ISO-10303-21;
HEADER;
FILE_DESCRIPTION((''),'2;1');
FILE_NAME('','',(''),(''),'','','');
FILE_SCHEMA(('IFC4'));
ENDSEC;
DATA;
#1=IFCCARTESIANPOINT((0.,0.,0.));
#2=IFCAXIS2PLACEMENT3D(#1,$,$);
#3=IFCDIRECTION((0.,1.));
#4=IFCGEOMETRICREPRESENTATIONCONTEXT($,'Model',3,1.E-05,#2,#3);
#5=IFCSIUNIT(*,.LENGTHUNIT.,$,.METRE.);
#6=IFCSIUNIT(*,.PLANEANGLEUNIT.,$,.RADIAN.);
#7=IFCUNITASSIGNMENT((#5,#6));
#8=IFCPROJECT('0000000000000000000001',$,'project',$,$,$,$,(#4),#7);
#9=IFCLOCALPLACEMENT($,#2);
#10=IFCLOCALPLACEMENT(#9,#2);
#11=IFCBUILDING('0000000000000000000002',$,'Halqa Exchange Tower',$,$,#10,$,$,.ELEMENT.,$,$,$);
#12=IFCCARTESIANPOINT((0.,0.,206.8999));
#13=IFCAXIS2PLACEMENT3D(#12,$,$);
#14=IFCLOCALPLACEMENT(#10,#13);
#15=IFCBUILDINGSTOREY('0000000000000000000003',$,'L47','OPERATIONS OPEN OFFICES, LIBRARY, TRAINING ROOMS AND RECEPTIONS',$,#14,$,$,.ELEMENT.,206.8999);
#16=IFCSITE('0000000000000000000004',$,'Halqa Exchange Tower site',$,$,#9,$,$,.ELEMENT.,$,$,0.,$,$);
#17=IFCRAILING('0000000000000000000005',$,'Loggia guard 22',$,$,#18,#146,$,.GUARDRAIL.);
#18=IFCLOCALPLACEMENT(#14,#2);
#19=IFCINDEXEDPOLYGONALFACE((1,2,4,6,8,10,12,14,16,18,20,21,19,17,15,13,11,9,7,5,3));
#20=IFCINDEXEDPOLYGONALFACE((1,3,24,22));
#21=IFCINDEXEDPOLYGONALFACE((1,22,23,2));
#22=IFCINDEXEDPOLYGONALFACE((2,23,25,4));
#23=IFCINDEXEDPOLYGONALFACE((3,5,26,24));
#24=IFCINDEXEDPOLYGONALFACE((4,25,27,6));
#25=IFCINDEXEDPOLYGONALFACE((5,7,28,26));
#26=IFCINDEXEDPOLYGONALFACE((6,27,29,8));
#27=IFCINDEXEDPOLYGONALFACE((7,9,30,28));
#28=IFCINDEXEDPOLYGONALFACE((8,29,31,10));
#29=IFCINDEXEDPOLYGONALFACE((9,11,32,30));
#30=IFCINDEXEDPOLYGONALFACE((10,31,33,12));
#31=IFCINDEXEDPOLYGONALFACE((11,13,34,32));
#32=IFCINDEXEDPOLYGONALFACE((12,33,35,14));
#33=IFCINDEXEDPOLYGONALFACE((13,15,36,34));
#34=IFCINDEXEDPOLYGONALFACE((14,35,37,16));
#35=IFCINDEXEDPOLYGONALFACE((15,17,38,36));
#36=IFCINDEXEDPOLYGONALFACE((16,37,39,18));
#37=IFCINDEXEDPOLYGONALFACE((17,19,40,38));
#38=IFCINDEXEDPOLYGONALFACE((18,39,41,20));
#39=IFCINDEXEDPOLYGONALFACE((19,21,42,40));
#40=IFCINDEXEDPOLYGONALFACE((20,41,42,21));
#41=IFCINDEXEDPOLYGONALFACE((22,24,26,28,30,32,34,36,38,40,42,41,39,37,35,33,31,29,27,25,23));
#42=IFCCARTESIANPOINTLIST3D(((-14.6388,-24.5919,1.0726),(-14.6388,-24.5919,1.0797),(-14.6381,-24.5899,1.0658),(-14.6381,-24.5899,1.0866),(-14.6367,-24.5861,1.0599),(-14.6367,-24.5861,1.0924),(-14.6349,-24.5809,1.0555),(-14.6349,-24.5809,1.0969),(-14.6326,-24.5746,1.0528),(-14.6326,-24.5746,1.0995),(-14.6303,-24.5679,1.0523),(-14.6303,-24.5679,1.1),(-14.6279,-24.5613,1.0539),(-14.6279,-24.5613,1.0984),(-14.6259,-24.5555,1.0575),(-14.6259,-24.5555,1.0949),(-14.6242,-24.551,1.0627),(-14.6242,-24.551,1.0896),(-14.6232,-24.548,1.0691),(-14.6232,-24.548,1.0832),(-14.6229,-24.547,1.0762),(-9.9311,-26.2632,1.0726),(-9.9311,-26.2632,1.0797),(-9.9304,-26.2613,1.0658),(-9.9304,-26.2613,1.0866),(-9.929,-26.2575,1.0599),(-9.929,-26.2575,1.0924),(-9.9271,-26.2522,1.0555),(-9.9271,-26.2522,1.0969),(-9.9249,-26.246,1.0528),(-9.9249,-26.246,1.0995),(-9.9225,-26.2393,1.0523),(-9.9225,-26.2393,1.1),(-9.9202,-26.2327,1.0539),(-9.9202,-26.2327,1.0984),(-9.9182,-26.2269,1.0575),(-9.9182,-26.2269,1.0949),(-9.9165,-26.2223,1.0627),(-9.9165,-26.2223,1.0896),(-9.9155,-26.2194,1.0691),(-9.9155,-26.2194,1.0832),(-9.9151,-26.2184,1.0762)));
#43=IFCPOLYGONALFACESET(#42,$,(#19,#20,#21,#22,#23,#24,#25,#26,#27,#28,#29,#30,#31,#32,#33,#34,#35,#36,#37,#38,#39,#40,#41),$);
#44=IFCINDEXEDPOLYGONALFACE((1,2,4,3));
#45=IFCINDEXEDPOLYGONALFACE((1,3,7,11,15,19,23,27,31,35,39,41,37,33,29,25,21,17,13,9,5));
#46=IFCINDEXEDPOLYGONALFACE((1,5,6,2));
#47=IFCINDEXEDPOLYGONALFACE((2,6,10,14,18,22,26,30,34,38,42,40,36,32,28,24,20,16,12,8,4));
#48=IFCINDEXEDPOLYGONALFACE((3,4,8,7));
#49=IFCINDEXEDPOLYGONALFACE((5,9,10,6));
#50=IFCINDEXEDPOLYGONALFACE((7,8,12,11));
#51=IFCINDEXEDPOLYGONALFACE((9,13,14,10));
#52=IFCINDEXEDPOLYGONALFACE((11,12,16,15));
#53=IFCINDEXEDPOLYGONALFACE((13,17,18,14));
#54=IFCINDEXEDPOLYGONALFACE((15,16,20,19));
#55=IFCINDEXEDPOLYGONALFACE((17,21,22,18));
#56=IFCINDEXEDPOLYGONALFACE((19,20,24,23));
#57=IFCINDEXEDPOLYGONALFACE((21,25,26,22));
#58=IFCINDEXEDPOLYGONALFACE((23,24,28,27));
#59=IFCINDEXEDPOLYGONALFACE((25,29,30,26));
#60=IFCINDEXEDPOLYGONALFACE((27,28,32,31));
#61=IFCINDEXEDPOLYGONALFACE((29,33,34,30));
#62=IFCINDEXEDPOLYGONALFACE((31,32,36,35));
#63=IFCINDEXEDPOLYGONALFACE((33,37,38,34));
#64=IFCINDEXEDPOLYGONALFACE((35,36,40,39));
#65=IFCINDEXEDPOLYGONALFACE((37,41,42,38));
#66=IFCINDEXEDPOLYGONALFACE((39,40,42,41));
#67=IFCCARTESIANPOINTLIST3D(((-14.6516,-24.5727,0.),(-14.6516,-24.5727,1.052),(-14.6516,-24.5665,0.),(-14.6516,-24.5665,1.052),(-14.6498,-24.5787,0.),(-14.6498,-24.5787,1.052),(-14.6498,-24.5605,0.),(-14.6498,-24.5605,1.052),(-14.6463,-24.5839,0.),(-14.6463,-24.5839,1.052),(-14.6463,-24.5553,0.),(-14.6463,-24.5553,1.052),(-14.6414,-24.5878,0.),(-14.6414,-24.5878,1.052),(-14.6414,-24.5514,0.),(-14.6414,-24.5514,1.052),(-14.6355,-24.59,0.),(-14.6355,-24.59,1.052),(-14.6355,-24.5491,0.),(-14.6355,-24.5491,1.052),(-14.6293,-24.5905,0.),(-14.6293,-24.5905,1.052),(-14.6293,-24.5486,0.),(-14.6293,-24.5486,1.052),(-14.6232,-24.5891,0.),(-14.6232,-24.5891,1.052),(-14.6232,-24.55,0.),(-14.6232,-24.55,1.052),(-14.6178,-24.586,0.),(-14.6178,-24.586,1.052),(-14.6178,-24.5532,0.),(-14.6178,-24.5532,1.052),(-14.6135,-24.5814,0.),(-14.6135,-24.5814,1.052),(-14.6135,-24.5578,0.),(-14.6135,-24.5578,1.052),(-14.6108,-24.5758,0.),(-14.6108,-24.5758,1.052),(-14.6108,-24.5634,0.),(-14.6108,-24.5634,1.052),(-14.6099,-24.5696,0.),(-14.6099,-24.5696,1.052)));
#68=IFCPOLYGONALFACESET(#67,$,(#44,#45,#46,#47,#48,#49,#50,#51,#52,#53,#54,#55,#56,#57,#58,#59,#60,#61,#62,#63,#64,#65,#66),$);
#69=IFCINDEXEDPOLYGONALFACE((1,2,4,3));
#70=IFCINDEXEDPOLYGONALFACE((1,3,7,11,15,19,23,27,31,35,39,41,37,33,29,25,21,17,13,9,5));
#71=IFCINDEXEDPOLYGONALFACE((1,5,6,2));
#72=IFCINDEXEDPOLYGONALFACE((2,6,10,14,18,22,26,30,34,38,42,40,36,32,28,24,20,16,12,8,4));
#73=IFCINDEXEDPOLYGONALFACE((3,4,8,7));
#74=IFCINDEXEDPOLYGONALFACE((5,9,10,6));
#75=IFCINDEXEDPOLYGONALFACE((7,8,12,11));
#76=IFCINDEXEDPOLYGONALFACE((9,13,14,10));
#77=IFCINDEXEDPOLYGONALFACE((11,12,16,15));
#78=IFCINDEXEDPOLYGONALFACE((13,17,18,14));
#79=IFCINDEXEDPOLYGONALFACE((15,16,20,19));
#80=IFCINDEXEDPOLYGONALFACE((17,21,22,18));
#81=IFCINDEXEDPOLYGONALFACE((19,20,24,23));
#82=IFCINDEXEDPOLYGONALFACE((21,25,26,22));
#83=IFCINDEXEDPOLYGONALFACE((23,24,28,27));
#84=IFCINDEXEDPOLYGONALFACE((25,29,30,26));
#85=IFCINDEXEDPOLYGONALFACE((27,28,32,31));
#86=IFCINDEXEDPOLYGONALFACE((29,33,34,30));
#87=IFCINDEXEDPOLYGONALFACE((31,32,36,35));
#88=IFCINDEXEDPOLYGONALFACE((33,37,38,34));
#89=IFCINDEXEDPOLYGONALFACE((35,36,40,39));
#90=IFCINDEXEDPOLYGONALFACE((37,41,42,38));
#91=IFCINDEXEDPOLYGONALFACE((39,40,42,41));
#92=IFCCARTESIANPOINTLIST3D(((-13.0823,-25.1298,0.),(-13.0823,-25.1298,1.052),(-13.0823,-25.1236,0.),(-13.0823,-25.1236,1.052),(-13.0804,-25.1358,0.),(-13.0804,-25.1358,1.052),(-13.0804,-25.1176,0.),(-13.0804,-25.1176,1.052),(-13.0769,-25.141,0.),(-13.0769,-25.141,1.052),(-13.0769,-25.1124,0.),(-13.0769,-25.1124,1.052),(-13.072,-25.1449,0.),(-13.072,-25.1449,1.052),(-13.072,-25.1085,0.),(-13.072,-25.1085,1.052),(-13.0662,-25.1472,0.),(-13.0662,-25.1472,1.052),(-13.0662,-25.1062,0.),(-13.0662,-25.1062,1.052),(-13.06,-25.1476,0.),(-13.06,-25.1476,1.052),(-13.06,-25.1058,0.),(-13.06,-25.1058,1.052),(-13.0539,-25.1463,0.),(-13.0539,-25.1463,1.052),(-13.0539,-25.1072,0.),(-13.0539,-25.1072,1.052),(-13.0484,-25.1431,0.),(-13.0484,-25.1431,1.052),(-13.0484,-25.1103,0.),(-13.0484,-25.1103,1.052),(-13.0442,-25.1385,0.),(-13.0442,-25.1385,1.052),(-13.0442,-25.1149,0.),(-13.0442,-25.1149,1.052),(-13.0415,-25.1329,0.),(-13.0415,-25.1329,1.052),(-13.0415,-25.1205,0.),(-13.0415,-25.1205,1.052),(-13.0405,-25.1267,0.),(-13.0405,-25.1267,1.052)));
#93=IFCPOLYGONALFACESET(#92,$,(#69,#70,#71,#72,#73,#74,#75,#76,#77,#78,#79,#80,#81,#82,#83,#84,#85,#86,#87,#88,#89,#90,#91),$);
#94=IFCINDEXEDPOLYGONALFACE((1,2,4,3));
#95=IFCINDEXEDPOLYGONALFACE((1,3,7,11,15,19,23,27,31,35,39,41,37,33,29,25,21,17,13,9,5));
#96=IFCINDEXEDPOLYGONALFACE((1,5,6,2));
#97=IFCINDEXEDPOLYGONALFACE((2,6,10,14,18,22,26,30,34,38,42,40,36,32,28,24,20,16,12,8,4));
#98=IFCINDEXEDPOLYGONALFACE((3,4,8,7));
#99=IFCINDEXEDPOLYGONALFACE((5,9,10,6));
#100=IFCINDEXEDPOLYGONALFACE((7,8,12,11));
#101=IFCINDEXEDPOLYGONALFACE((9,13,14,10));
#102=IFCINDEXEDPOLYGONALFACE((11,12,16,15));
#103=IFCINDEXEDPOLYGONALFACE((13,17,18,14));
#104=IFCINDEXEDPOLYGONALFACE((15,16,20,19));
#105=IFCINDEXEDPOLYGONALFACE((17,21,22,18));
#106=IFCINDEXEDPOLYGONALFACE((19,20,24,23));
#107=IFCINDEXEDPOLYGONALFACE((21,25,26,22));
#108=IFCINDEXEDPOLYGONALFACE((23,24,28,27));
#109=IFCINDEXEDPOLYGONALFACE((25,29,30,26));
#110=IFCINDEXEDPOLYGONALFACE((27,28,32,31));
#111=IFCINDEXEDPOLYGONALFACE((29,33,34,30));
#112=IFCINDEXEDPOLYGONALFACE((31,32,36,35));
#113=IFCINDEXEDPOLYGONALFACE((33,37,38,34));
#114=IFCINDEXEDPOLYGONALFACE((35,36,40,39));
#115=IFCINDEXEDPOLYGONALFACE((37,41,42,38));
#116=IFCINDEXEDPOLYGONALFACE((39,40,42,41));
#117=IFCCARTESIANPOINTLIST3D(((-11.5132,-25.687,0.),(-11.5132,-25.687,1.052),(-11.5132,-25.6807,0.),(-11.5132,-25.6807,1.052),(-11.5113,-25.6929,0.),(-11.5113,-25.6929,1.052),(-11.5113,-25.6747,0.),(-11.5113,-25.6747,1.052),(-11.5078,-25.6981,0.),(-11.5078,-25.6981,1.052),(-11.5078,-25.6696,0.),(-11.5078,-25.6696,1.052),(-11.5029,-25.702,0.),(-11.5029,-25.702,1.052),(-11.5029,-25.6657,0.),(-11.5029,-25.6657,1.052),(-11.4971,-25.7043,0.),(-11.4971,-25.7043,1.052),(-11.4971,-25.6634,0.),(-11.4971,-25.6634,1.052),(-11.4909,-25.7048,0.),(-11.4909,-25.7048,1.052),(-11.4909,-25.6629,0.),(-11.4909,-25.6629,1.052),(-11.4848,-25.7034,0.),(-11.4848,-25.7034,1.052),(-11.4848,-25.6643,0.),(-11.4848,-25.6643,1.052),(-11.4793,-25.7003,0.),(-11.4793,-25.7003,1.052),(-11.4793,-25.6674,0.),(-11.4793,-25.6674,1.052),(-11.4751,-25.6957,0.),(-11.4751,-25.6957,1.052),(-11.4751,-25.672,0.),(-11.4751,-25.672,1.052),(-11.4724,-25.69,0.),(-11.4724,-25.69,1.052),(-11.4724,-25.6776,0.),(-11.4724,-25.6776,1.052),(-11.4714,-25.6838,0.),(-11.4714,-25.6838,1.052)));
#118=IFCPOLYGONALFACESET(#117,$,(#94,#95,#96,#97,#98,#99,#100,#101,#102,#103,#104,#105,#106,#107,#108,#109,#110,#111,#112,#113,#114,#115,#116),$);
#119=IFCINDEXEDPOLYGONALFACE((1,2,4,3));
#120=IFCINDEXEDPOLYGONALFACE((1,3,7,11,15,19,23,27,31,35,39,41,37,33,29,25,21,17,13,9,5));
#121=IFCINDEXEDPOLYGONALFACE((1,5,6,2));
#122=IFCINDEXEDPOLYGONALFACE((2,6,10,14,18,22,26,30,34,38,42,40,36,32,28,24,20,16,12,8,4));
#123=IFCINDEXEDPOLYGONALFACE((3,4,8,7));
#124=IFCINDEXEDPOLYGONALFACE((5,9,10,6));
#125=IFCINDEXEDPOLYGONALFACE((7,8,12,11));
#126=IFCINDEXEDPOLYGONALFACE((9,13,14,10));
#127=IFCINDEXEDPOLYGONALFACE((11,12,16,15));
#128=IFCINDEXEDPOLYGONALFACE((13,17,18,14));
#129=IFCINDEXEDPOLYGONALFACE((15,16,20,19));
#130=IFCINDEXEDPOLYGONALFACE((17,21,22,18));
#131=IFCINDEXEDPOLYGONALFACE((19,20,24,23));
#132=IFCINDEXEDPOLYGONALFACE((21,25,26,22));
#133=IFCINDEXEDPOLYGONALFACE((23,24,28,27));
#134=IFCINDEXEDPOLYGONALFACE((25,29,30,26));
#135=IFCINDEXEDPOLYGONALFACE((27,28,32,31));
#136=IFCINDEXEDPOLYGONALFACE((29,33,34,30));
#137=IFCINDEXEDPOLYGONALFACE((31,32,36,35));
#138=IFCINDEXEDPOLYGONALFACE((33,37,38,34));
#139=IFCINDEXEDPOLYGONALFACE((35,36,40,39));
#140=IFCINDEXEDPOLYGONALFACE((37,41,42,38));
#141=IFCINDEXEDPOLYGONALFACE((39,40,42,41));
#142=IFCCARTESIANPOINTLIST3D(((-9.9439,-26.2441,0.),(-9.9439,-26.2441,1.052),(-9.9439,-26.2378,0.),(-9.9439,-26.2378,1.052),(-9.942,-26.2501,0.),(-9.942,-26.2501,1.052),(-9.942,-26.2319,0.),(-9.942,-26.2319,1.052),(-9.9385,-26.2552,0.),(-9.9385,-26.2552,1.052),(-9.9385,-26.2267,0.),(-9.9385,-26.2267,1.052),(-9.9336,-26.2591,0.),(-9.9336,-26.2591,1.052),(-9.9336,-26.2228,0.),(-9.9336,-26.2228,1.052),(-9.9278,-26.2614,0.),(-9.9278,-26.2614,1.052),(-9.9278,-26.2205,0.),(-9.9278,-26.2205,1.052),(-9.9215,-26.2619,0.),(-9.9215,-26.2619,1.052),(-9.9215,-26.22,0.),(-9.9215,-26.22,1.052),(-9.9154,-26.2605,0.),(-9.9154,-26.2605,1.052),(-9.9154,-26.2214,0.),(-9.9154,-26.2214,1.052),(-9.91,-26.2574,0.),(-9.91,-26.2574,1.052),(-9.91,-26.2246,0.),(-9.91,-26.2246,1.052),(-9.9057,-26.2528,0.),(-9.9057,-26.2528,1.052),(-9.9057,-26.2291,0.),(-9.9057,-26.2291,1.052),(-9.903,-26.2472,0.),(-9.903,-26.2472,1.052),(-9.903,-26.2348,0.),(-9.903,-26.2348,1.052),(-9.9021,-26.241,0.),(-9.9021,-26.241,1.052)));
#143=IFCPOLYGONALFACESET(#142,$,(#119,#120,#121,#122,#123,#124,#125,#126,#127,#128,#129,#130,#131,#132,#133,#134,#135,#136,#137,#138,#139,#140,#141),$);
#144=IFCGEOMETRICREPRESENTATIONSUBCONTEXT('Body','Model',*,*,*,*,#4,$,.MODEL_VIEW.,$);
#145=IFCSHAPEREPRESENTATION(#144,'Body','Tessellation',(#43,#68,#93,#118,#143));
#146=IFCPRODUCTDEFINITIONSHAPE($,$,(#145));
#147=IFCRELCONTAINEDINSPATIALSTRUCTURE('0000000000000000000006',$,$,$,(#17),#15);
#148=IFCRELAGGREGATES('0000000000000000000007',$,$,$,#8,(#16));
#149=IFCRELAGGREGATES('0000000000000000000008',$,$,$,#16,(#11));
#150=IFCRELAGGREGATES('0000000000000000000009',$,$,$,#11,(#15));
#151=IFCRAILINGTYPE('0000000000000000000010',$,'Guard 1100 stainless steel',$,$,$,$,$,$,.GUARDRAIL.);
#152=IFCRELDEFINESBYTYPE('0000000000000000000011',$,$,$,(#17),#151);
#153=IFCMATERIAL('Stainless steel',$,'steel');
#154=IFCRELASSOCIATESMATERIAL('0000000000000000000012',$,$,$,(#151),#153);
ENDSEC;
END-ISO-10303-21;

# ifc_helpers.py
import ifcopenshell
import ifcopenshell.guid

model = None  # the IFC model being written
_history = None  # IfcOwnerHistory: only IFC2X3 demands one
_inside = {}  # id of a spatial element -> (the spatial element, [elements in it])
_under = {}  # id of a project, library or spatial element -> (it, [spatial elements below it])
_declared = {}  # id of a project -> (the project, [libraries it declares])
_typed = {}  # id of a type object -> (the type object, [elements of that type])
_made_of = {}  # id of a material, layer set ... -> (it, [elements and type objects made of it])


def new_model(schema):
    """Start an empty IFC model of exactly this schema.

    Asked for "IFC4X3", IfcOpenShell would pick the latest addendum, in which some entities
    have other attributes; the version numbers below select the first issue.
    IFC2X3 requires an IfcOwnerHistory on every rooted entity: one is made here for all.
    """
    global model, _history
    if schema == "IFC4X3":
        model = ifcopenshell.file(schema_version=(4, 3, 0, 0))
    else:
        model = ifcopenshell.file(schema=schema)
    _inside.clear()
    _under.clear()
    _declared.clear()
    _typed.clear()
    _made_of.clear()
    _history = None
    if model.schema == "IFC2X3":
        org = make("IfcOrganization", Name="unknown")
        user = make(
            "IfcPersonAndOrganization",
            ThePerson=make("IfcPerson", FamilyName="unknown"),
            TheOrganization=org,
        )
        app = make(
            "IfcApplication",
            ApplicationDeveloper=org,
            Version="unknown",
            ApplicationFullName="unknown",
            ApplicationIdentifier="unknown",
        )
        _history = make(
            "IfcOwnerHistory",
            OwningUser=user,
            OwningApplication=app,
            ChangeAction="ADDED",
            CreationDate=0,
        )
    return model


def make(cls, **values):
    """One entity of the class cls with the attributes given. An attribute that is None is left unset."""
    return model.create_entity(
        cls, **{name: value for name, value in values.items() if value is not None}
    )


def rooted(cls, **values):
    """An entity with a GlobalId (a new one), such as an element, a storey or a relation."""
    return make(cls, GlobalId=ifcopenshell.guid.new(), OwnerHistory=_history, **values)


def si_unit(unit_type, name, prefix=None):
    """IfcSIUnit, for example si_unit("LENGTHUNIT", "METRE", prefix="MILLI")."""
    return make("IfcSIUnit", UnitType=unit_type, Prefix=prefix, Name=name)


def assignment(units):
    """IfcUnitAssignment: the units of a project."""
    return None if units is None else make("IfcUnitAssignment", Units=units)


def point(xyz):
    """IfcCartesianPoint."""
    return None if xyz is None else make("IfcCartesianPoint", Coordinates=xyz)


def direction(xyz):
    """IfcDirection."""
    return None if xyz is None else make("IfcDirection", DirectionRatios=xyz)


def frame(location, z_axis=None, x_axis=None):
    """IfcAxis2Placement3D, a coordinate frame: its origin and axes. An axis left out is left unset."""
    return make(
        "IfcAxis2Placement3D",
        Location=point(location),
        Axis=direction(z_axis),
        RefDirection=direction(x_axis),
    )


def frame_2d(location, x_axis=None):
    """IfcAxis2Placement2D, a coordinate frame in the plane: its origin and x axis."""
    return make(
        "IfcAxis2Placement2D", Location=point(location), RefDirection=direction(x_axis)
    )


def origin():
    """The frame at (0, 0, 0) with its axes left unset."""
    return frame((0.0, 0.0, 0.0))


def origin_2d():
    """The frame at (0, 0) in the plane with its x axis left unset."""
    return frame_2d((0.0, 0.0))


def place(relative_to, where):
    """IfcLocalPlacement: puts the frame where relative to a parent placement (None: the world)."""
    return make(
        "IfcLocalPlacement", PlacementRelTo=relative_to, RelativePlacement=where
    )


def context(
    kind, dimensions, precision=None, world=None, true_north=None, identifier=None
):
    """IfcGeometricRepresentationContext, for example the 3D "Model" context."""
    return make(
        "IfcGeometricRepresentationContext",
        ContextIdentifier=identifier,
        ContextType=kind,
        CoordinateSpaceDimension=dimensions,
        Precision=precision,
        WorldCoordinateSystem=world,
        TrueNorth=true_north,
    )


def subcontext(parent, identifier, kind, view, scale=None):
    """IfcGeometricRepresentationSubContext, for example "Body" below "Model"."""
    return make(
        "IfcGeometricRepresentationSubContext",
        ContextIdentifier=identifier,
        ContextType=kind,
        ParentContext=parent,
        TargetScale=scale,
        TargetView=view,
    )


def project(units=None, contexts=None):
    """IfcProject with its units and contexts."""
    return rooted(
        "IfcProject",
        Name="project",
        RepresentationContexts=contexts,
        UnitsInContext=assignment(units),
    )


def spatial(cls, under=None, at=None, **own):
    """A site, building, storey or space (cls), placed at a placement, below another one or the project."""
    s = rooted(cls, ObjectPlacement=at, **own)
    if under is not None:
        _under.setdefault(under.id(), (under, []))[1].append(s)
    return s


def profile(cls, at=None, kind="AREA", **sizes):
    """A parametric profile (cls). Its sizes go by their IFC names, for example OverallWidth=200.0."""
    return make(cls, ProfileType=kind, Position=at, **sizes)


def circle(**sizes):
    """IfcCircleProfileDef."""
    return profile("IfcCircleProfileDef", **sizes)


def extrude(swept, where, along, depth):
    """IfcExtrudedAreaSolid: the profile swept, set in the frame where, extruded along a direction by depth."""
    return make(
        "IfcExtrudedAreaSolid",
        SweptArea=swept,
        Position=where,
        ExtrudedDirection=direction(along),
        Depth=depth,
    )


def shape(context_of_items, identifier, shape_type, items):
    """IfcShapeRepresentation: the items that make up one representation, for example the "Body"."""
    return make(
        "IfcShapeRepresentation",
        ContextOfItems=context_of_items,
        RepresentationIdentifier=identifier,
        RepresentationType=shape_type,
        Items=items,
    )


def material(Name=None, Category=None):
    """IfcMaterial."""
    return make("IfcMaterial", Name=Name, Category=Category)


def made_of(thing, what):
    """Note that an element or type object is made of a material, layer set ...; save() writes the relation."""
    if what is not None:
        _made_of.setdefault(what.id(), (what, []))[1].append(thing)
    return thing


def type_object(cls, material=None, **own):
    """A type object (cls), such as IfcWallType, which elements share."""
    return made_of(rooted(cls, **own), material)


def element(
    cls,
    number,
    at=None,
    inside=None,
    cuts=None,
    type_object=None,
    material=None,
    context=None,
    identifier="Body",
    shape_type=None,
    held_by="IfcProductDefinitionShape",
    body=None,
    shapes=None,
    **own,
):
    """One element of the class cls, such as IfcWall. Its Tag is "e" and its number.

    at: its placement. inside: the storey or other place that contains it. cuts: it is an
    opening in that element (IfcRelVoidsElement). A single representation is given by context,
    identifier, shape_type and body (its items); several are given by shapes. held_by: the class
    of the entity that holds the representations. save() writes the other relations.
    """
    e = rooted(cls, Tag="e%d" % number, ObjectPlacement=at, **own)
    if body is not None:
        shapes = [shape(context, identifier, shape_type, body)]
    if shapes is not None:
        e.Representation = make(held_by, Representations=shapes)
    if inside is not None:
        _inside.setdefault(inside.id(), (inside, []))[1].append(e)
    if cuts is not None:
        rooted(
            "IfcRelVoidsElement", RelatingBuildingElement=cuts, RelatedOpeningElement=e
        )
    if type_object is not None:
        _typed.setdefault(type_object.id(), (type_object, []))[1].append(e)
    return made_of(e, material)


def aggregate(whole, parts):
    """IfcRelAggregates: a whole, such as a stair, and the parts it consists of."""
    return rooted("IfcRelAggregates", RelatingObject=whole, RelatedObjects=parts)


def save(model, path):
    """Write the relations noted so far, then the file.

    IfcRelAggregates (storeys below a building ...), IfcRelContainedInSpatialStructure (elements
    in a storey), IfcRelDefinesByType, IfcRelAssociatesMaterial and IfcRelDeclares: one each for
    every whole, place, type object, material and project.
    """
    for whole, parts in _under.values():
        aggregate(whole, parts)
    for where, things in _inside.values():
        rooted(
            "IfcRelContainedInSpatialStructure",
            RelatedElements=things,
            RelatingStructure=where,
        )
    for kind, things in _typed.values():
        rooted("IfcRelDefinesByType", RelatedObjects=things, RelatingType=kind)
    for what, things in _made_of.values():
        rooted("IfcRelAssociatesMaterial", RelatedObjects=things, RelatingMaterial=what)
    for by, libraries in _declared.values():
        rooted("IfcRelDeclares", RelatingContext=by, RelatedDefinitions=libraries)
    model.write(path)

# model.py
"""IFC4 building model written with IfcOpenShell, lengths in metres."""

from ifc_helpers import new_model, si_unit, direction, frame, origin, origin_2d, place, context, subcontext, project, spatial, circle, extrude, material, type_object, element, save


model = new_model("IFC4")

# Units and contexts
model_context = context("Model", 3, precision=1e-05, world=origin(), true_north=direction((0.0, 1.0)))
body_context = subcontext(model_context, "Body", "Model", "MODEL_VIEW")
ifc_project = project(units=[si_unit("LENGTHUNIT", "METRE"), si_unit("PLANEANGLEUNIT", "RADIAN")], contexts=[model_context])

# Site, building, storey
site_placement = place(None, origin())
site = spatial("IfcSite", under=ifc_project, at=site_placement, Name="Halqa Exchange Tower site", CompositionType="ELEMENT", RefElevation=0.0)
building_placement = place(site_placement, origin())
building = spatial("IfcBuilding", under=site, at=building_placement, Name="Halqa Exchange Tower", CompositionType="ELEMENT")
storey_placement = place(building_placement, frame((0.0, 0.0, 206.8999)))
storey = spatial("IfcBuildingStorey", under=building, at=storey_placement, Name="L47", Description="OPERATIONS OPEN OFFICES, LIBRARY, TRAINING ROOMS AND RECEPTIONS", CompositionType="ELEMENT", Elevation=206.8999)

# Railing
ifc_material_1 = material(Name="Stainless steel", Category="steel")
railing_type = type_object("IfcRailingType", Name="Guard 1100 stainless steel", PredefinedType="GUARDRAIL", material=ifc_material_1)
railing_1_placement = place(storey_placement, frame((-14.6309, -24.5696, 0.0)))
element("IfcRailing", 1, at=railing_1_placement, inside=storey, type_object=railing_type, Name="Loggia guard 22", PredefinedType="GUARDRAIL", context=body_context, shape_type="SweptSolid", body=[
    extrude(circle(Radius=0.0239, at=origin_2d()), frame((0.0, 0.0, 1.0762), z_axis=(0.942372, -0.334568, 0.0), x_axis=(0.334568, 0.942372, 0.0)), (0.0, 0.0, 1.0), 4.9956),
    extrude(circle(Radius=0.021, at=origin_2d()), origin(), (0.0, 0.0, 1.0), 1.052),
    extrude(circle(Radius=0.021, at=origin_2d()), frame((1.5693, -0.5571, 0.0)), (0.0, 0.0, 1.0), 1.052),
    extrude(circle(Radius=0.021, at=origin_2d()), frame((3.1384, -1.1143, 0.0)), (0.0, 0.0, 1.0), 1.052),
    extrude(circle(Radius=0.021, at=origin_2d()), frame((4.7078, -1.6714, 0.0)), (0.0, 0.0, 1.0), 1.052),
])

save(model, "model.ifc")
